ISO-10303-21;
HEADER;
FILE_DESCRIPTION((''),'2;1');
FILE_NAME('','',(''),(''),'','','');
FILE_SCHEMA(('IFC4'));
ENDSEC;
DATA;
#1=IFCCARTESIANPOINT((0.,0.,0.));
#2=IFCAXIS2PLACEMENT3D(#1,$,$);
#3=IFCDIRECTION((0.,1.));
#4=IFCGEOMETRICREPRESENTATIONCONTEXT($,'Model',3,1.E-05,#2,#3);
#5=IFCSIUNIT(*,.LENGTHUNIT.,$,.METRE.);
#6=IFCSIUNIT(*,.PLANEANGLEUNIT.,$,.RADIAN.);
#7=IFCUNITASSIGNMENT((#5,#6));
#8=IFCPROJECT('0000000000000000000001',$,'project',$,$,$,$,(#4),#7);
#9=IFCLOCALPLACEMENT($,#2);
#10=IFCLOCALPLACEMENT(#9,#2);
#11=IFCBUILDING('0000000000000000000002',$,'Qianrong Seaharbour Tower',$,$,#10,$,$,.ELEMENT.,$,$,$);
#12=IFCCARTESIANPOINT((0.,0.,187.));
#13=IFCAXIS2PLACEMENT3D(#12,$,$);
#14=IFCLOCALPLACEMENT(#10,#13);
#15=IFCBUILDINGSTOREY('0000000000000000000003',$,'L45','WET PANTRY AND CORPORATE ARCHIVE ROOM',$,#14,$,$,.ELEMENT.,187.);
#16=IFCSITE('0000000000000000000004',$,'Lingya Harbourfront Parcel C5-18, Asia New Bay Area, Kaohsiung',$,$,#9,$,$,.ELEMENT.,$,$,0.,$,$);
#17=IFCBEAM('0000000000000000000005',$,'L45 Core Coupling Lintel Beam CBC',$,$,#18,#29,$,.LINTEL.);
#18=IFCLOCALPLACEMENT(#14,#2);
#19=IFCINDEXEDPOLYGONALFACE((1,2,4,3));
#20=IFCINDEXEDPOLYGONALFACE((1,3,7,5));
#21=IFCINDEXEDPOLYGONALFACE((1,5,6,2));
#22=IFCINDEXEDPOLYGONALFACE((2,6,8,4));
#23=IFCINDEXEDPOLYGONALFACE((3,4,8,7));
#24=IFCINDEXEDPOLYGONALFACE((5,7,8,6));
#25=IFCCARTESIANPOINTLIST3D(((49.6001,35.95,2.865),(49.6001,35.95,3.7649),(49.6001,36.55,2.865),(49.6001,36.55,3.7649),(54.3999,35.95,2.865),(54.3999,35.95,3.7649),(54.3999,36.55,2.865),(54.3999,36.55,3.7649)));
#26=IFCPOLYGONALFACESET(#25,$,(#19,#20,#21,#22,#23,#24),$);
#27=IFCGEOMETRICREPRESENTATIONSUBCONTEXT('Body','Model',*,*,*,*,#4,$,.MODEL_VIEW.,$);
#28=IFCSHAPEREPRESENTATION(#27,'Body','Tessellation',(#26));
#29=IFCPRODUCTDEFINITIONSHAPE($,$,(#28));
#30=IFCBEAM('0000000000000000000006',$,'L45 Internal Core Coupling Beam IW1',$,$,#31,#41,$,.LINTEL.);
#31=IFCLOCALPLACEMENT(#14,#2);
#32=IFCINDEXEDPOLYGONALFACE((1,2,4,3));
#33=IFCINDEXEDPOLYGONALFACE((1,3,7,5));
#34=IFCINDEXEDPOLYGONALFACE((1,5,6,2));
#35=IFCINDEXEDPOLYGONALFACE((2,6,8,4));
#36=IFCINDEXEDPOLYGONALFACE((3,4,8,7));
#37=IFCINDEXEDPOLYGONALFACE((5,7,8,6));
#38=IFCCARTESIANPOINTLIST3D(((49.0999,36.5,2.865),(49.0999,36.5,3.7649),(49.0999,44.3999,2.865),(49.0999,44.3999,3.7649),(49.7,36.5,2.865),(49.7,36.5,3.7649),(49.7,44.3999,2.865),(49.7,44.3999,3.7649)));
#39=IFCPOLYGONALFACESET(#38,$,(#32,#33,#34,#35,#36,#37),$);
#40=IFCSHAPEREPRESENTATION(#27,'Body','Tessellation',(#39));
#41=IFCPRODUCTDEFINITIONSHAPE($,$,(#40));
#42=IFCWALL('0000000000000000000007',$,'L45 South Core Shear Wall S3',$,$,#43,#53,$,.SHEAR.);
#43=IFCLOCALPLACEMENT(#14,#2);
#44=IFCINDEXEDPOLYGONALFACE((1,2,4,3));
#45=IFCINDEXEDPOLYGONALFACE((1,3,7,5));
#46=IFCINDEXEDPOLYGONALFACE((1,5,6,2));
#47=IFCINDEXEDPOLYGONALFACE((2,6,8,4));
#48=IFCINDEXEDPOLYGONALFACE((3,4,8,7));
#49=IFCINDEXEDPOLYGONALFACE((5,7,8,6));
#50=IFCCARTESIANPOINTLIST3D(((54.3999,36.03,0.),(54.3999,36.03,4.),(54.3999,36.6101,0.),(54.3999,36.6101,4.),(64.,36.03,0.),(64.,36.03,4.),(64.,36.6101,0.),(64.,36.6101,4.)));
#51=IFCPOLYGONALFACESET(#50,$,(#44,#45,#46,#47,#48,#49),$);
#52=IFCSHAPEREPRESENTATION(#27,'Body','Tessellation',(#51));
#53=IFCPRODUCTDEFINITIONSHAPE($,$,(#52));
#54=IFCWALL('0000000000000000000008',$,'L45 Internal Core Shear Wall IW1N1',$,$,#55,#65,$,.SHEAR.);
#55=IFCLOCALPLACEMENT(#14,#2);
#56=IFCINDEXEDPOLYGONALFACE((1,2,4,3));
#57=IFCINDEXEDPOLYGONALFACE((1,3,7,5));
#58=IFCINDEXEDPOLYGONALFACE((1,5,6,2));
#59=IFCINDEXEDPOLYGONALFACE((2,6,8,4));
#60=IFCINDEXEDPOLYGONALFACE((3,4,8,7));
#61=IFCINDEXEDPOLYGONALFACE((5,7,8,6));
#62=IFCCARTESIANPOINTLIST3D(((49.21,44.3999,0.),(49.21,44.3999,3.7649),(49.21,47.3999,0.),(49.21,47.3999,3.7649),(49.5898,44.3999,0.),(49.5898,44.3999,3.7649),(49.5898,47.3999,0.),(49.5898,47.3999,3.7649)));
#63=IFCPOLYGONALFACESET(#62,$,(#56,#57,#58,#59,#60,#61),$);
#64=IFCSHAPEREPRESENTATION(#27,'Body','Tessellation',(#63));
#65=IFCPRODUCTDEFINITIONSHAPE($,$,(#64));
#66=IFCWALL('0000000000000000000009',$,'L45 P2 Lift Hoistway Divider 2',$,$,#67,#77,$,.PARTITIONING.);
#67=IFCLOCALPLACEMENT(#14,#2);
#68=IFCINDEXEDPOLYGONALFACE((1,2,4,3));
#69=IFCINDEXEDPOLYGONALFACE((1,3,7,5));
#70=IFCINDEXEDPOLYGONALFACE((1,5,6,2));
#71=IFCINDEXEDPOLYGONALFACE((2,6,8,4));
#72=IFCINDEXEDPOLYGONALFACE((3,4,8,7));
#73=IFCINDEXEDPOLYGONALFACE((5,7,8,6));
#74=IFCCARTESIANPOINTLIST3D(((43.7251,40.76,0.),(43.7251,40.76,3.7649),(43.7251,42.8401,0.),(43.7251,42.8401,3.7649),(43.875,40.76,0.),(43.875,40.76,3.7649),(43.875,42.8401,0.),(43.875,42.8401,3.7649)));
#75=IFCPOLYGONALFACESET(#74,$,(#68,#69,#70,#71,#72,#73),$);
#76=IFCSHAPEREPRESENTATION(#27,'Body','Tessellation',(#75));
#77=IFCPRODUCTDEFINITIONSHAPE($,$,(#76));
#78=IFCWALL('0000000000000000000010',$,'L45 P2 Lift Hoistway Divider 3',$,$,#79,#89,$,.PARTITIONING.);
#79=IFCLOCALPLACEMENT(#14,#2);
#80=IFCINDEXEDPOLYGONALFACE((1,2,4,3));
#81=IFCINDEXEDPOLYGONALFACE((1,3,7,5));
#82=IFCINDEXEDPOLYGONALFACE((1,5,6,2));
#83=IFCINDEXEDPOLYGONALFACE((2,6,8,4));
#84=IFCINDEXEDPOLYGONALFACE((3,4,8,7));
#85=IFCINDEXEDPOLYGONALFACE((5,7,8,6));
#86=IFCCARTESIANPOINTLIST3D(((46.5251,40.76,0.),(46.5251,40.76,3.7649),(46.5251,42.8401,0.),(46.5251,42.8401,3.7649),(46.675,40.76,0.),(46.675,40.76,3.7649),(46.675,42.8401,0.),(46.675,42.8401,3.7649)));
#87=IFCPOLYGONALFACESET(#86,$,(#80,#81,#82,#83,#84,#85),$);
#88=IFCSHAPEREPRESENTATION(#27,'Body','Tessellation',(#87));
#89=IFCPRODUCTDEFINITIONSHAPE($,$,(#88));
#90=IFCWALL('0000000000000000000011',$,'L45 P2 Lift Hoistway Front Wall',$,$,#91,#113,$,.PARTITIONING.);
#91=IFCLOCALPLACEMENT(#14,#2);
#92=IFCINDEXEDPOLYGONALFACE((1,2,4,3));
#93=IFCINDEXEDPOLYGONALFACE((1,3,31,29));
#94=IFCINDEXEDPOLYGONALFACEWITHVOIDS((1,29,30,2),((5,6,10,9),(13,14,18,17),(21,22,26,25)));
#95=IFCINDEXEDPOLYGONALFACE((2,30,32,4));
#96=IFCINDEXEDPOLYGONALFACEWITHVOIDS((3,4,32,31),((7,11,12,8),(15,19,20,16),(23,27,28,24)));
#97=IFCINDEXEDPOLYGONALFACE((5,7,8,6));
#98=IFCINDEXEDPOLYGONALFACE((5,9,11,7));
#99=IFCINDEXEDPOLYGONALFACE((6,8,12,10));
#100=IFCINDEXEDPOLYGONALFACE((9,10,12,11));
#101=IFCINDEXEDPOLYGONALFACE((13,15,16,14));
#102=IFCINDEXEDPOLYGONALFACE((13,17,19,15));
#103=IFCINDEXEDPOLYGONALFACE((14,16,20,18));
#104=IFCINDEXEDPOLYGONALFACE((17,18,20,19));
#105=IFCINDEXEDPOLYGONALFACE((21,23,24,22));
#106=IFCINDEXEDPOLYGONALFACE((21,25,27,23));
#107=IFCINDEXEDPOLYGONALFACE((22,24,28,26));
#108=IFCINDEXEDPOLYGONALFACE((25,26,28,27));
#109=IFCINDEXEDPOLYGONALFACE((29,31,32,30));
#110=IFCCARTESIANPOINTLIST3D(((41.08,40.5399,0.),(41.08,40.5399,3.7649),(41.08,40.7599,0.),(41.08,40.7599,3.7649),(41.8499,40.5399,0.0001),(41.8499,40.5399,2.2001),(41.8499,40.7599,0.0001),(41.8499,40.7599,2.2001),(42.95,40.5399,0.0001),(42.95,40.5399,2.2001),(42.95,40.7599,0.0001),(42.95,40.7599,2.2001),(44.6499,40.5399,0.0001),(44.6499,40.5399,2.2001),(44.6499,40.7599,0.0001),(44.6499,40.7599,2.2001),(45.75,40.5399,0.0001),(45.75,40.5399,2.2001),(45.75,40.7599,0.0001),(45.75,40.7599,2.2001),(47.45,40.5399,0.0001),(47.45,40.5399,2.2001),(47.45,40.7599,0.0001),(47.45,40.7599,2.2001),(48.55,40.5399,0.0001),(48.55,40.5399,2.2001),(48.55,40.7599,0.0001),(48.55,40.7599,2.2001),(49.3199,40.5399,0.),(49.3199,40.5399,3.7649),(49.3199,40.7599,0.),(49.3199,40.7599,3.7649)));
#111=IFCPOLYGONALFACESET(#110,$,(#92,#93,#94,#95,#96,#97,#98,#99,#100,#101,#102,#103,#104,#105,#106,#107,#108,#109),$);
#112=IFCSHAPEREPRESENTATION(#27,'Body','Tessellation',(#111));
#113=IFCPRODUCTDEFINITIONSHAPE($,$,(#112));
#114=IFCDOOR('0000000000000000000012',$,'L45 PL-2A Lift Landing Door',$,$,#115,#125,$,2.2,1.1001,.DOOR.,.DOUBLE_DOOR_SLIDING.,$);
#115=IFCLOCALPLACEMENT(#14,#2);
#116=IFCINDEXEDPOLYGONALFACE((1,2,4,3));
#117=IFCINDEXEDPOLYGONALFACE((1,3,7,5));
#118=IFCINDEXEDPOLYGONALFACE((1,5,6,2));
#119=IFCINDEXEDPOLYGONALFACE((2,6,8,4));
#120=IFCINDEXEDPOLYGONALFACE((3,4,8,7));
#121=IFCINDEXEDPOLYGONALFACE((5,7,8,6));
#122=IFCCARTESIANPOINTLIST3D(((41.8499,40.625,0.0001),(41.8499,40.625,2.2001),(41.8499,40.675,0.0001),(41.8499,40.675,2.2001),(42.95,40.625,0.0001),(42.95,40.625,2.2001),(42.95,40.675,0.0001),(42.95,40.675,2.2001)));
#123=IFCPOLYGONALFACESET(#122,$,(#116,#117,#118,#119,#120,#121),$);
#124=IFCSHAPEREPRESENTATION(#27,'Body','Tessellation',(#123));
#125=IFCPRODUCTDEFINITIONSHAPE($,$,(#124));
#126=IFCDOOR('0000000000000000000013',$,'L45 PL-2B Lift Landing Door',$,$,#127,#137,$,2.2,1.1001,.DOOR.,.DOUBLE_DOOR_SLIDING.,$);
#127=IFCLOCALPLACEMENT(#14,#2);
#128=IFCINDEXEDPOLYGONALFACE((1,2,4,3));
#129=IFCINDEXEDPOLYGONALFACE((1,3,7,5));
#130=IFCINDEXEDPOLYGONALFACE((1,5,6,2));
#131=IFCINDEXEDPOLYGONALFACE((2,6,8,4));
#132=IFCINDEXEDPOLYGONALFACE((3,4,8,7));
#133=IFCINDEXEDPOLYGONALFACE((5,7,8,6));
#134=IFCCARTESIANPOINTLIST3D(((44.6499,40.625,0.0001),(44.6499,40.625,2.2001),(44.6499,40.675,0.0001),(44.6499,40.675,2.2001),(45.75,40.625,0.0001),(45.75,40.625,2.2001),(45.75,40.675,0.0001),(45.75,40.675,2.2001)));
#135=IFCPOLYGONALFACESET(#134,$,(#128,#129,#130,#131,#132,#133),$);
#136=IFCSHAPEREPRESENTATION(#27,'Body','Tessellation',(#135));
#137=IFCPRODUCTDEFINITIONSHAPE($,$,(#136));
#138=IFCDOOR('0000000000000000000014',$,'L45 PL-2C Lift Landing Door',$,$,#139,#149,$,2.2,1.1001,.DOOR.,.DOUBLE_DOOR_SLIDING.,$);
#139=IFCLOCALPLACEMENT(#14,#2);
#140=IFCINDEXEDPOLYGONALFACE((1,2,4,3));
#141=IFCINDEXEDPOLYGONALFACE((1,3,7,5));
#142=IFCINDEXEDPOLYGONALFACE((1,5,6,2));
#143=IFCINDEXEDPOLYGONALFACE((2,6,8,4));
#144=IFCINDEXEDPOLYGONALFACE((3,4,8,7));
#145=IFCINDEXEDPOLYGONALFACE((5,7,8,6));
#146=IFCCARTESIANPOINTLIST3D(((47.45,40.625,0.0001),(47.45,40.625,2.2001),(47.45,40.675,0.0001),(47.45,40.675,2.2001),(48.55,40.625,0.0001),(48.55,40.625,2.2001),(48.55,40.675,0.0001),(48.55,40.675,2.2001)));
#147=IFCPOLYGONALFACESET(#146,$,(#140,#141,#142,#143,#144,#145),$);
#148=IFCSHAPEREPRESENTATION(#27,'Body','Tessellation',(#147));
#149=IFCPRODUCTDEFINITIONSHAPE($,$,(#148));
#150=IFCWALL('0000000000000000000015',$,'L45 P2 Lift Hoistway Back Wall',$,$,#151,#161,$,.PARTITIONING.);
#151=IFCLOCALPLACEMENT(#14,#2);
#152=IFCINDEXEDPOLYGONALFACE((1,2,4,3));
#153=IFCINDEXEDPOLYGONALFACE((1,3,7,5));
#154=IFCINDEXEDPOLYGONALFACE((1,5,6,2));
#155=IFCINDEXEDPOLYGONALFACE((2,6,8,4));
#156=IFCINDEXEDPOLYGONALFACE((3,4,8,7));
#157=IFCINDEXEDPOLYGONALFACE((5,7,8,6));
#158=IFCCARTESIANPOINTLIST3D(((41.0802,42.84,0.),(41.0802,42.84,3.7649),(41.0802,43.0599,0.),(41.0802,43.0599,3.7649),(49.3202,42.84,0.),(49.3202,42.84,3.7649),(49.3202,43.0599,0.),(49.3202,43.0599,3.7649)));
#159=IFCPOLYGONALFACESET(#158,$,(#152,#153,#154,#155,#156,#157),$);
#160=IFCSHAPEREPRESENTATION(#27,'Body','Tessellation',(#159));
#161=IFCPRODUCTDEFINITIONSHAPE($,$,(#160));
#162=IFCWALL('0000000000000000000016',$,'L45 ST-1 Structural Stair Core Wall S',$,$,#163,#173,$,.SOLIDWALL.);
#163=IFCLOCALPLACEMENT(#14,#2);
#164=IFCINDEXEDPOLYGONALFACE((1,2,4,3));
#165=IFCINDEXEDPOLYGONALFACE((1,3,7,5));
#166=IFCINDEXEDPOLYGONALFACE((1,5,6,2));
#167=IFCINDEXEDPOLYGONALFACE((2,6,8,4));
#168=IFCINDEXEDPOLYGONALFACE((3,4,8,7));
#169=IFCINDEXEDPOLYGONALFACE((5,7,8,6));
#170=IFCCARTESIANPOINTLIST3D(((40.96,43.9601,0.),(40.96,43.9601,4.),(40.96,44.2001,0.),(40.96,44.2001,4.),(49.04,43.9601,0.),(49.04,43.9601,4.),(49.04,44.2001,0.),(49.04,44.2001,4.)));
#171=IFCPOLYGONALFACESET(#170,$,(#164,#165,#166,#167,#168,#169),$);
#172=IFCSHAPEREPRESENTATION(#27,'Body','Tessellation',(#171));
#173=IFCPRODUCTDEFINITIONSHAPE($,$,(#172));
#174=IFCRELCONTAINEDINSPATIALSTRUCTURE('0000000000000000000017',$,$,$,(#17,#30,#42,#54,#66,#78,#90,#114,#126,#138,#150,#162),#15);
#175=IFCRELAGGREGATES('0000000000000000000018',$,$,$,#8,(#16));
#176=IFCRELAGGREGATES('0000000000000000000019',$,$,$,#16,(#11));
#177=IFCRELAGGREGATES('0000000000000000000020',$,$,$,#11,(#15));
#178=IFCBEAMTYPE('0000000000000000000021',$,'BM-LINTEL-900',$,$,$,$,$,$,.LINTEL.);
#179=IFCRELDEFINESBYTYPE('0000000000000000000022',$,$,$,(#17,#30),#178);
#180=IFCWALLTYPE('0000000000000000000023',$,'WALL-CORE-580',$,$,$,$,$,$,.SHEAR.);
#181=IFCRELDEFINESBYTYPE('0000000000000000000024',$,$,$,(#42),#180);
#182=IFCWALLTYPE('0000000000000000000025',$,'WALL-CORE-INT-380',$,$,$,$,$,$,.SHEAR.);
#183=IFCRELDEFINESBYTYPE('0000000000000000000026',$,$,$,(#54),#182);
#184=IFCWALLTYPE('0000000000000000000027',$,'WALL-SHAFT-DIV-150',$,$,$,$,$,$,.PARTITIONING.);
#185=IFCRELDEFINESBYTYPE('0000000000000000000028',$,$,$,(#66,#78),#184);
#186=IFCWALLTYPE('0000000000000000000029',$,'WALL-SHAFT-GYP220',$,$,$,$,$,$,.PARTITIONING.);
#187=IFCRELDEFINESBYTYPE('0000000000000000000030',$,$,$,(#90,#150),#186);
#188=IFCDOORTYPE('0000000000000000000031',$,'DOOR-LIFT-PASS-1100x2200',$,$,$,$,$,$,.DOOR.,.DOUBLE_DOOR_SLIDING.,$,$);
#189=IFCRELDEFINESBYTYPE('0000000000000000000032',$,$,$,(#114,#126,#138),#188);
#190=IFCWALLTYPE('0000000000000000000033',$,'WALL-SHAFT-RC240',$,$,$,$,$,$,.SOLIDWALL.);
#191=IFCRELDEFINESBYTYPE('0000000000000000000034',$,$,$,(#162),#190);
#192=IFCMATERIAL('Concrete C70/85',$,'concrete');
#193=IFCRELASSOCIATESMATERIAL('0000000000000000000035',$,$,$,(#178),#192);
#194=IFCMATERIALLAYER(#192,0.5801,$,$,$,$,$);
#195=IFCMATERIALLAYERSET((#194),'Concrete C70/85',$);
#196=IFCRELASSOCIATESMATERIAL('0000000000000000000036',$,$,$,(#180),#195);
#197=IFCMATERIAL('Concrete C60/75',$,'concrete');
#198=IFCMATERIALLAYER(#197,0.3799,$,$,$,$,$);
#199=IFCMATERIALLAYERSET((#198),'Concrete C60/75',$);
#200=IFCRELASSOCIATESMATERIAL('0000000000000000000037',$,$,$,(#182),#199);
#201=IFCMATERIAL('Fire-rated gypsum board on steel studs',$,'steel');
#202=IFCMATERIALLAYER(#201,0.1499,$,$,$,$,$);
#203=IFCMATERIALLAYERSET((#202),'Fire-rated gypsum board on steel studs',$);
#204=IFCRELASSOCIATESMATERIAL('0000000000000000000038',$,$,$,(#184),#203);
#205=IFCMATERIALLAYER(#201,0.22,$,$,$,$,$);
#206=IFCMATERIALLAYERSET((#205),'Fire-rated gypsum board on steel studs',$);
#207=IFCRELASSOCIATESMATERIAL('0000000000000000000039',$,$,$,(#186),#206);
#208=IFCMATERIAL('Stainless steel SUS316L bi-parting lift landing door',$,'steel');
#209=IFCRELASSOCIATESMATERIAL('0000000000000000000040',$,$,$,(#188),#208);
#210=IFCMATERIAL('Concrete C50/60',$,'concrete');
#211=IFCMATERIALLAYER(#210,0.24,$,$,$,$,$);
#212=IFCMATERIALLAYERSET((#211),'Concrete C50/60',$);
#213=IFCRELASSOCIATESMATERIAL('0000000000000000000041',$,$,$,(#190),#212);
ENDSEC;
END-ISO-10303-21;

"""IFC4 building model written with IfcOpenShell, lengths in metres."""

from ifc_helpers import new_model, si_unit, direction, frame, frame_2d, origin, origin_2d, place, context, subcontext, project, spatial, rectangle, extrude, material, layer, layer_set, material_profile, profile_set, type_object, element, fill, save


model = new_model("IFC4")

# Units and contexts
model_context = context("Model", 3, precision=1e-05, world=origin(), true_north=direction((0.0, 1.0)))
body_context = subcontext(model_context, "Body", "Model", "MODEL_VIEW")
ifc_project = project(units=[si_unit("LENGTHUNIT", "METRE"), si_unit("PLANEANGLEUNIT", "RADIAN")], contexts=[model_context])

# Site, building, storey
site_placement = place(None, origin())
site = spatial("IfcSite", under=ifc_project, at=site_placement, Name="Lingya Harbourfront Parcel C5-18, Asia New Bay Area, Kaohsiung", CompositionType="ELEMENT", RefElevation=0.0)
building_placement = place(site_placement, origin())
building = spatial("IfcBuilding", under=site, at=building_placement, Name="Qianrong Seaharbour Tower", CompositionType="ELEMENT")
storey_placement = place(building_placement, frame((0.0, 0.0, 187.0)))
storey = spatial("IfcBuildingStorey", under=building, at=storey_placement, Name="L45", Description="WET PANTRY AND CORPORATE ARCHIVE ROOM", CompositionType="ELEMENT", Elevation=187.0)

# Beams
ifc_material_1 = material(Name="Concrete C70/85", Category="concrete")
ifc_material_profile = material_profile(ifc_material_1, rectangle(XDim=0.6001, YDim=0.8999, at=origin_2d()), Name="RC600x900")
ifc_profile_set = profile_set([ifc_material_profile], Name="Concrete C70/85")
beam_type = type_object("IfcBeamType", Name="BM-LINTEL-900", PredefinedType="LINTEL", material=ifc_profile_set)
beam_1_placement = place(storey_placement, frame((49.6001, 36.25, 3.3149), z_axis=(1.0, 0.0, 0.0), x_axis=(0.0, 1.0, 0.0)))
element("IfcBeam", 1, at=beam_1_placement, inside=storey, type_object=beam_type, Name="L45 Core Coupling Lintel Beam CBC", PredefinedType="LINTEL", context=body_context, shape_type="SweptSolid", body=[
    extrude(rectangle(XDim=0.6001, YDim=0.8999, at=origin_2d()), origin(), (0.0, 0.0, 1.0), 4.7998),
])
beam_2_placement = place(storey_placement, frame((49.3999, 36.5, 3.3149), z_axis=(0.0, 1.0, 0.0), x_axis=(-1.0, 0.0, 0.0)))
element("IfcBeam", 2, at=beam_2_placement, inside=storey, type_object=beam_type, Name="L45 Internal Core Coupling Beam IW1", PredefinedType="LINTEL", context=body_context, shape_type="SweptSolid", body=[
    extrude(rectangle(XDim=0.6001, YDim=0.8999, at=origin_2d()), origin(), (0.0, 0.0, 1.0), 7.8999),
])

# Walls
ifc_layer_1 = layer(ifc_material_1, 0.5801)
ifc_layer_set_1 = layer_set([ifc_layer_1], Name="Concrete C70/85")
wall_type_1 = type_object("IfcWallType", Name="WALL-CORE-580", PredefinedType="SHEAR", material=ifc_layer_set_1)
wall_1_placement = place(storey_placement, frame((54.3999, 36.3201, 0.0), z_axis=(0.0, 0.0, 1.0), x_axis=(1.0, 0.0, 0.0)))
element("IfcWall", 3, at=wall_1_placement, inside=storey, type_object=wall_type_1, Name="L45 South Core Shear Wall S3", PredefinedType="SHEAR", context=body_context, shape_type="SweptSolid", body=[
    extrude(rectangle(XDim=9.6001, YDim=0.5801, at=frame_2d((4.8, 0.0))), origin(), (0.0, 0.0, 1.0), 4.0),
])
ifc_material_2 = material(Name="Concrete C60/75", Category="concrete")
ifc_layer_2 = layer(ifc_material_2, 0.3799)
ifc_layer_set_2 = layer_set([ifc_layer_2], Name="Concrete C60/75")
wall_type_2 = type_object("IfcWallType", Name="WALL-CORE-INT-380", PredefinedType="SHEAR", material=ifc_layer_set_2)
wall_2_placement = place(storey_placement, frame((49.3999, 44.3999, 0.0), z_axis=(0.0, 0.0, 1.0), x_axis=(0.0, 1.0, 0.0)))
element("IfcWall", 4, at=wall_2_placement, inside=storey, type_object=wall_type_2, Name="L45 Internal Core Shear Wall IW1N1", PredefinedType="SHEAR", context=body_context, shape_type="SweptSolid", body=[
    extrude(rectangle(XDim=3.0, YDim=0.3799, at=frame_2d((1.5, 0.0))), origin(), (0.0, 0.0, 1.0), 3.7649),
])
ifc_material_3 = material(Name="Fire-rated gypsum board on steel studs", Category="steel")
ifc_layer_3 = layer(ifc_material_3, 0.1499)
ifc_layer_set_3 = layer_set([ifc_layer_3], Name="Fire-rated gypsum board on steel studs")
wall_type_3 = type_object("IfcWallType", Name="WALL-SHAFT-DIV-150", PredefinedType="PARTITIONING", material=ifc_layer_set_3)
for number, where, z_axis, x_axis, name in (
    (5, (43.8, 40.76, 0.0), (0.0, 0.0, 1.0), (0.0, 1.0, 0.0), "L45 P2 Lift Hoistway Divider 2"),
    (6, (46.6001, 40.76, 0.0), (0.0, 0.0, 1.0), (0.0, 1.0, 0.0), "L45 P2 Lift Hoistway Divider 3"),
):
    element("IfcWall", number, at=place(storey_placement, frame(where, z_axis=z_axis, x_axis=x_axis)), inside=storey, type_object=wall_type_3, Name=name, PredefinedType="PARTITIONING", context=body_context, shape_type="SweptSolid", body=[
        extrude(rectangle(XDim=2.0801, YDim=0.1499, at=frame_2d((1.04, 0.0))), origin(), (0.0, 0.0, 1.0), 3.7649),
    ])

# Wall, openings, doors
ifc_layer_4 = layer(ifc_material_3, 0.22)
ifc_layer_set_4 = layer_set([ifc_layer_4], Name="Fire-rated gypsum board on steel studs")
wall_type_4 = type_object("IfcWallType", Name="WALL-SHAFT-GYP220", PredefinedType="PARTITIONING", material=ifc_layer_set_4)
wall_3_placement = place(storey_placement, frame((49.3201, 40.6499, 0.0), z_axis=(0.0, 0.0, 1.0), x_axis=(-1.0, 0.0, 0.0)))
wall_3 = element("IfcWall", 7, at=wall_3_placement, inside=storey, type_object=wall_type_4, Name="L45 P2 Lift Hoistway Front Wall", PredefinedType="PARTITIONING", context=body_context, shape_type="SweptSolid", body=[
    extrude(rectangle(XDim=8.24, YDim=0.22, at=frame_2d((4.1201, 0.0))), origin(), (0.0, 0.0, 1.0), 3.7649),
])
opening_1_placement = place(wall_3_placement, frame((6.3701, 0.0, 0.0)))
opening_1 = element("IfcOpeningElement", 8, at=opening_1_placement, cuts=wall_3, PredefinedType="OPENING", context=body_context, shape_type="SweptSolid", body=[
    extrude(rectangle(XDim=1.1001, YDim=2.2, at=frame_2d((0.55, 1.1001))), frame((0.0, 0.1201, 0.0), z_axis=(0.0, -1.0, 0.0), x_axis=(1.0, 0.0, 0.0)), (0.0, 0.0, 1.0), 0.24),
])
opening_2_placement = place(wall_3_placement, frame((3.5701, 0.0, 0.0)))
opening_2 = element("IfcOpeningElement", 9, at=opening_2_placement, cuts=wall_3, PredefinedType="OPENING", context=body_context, shape_type="SweptSolid", body=[
    extrude(rectangle(XDim=1.1001, YDim=2.2, at=frame_2d((0.55, 1.1001))), frame((0.0, 0.1201, 0.0), z_axis=(0.0, -1.0, 0.0), x_axis=(1.0, 0.0, 0.0)), (0.0, 0.0, 1.0), 0.24),
])
opening_3_placement = place(wall_3_placement, frame((0.77, 0.0, 0.0)))
opening_3 = element("IfcOpeningElement", 10, at=opening_3_placement, cuts=wall_3, PredefinedType="OPENING", context=body_context, shape_type="SweptSolid", body=[
    extrude(rectangle(XDim=1.1001, YDim=2.2, at=frame_2d((0.55, 1.1001))), frame((0.0, 0.1201, 0.0), z_axis=(0.0, -1.0, 0.0), x_axis=(1.0, 0.0, 0.0)), (0.0, 0.0, 1.0), 0.24),
])
ifc_material_4 = material(Name="Stainless steel SUS316L bi-parting lift landing door", Category="steel")
door_type = type_object("IfcDoorType", Name="DOOR-LIFT-PASS-1100x2200", OperationType="DOUBLE_DOOR_SLIDING", PredefinedType="DOOR", material=ifc_material_4)
door_1_placement = place(opening_1_placement, origin())
door_1 = element("IfcDoor", 11, at=door_1_placement, inside=storey, type_object=door_type, Name="L45 PL-2A Lift Landing Door", OperationType="DOUBLE_DOOR_SLIDING", OverallHeight=2.2, OverallWidth=1.1001, PredefinedType="DOOR", context=body_context, shape_type="SweptSolid", body=[
    extrude(rectangle(XDim=1.1001, YDim=2.2, at=frame_2d((0.55, 1.1001))), frame((0.0, 0.0249, 0.0), z_axis=(0.0, -1.0, 0.0), x_axis=(1.0, 0.0, 0.0)), (0.0, 0.0, 1.0), 0.05),
])
fill(opening_1, door_1)
door_2_placement = place(opening_2_placement, origin())
door_2 = element("IfcDoor", 12, at=door_2_placement, inside=storey, type_object=door_type, Name="L45 PL-2B Lift Landing Door", OperationType="DOUBLE_DOOR_SLIDING", OverallHeight=2.2, OverallWidth=1.1001, PredefinedType="DOOR", context=body_context, shape_type="SweptSolid", body=[
    extrude(rectangle(XDim=1.1001, YDim=2.2, at=frame_2d((0.55, 1.1001))), frame((0.0, 0.0249, 0.0), z_axis=(0.0, -1.0, 0.0), x_axis=(1.0, 0.0, 0.0)), (0.0, 0.0, 1.0), 0.05),
])
fill(opening_2, door_2)
door_3_placement = place(opening_3_placement, origin())
door_3 = element("IfcDoor", 13, at=door_3_placement, inside=storey, type_object=door_type, Name="L45 PL-2C Lift Landing Door", OperationType="DOUBLE_DOOR_SLIDING", OverallHeight=2.2, OverallWidth=1.1001, PredefinedType="DOOR", context=body_context, shape_type="SweptSolid", body=[
    extrude(rectangle(XDim=1.1001, YDim=2.2, at=frame_2d((0.55, 1.1001))), frame((0.0, 0.0249, 0.0), z_axis=(0.0, -1.0, 0.0), x_axis=(1.0, 0.0, 0.0)), (0.0, 0.0, 1.0), 0.05),
])
fill(opening_3, door_3)

# Walls
wall_4_placement = place(storey_placement, frame((41.0801, 42.95, 0.0), z_axis=(0.0, 0.0, 1.0), x_axis=(1.0, 0.0, 0.0)))
element("IfcWall", 14, at=wall_4_placement, inside=storey, type_object=wall_type_4, Name="L45 P2 Lift Hoistway Back Wall", PredefinedType="PARTITIONING", context=body_context, shape_type="SweptSolid", body=[
    extrude(rectangle(XDim=8.24, YDim=0.22, at=frame_2d((4.1201, 0.0))), origin(), (0.0, 0.0, 1.0), 3.7649),
])
ifc_material_5 = material(Name="Concrete C50/60", Category="concrete")
ifc_layer_5 = layer(ifc_material_5, 0.24)
ifc_layer_set_5 = layer_set([ifc_layer_5], Name="Concrete C50/60")
wall_type_5 = type_object("IfcWallType", Name="WALL-SHAFT-RC240", PredefinedType="SOLIDWALL", material=ifc_layer_set_5)
wall_5_placement = place(storey_placement, frame((49.04, 44.0801, 0.0), z_axis=(0.0, 0.0, 1.0), x_axis=(-1.0, 0.0, 0.0)))
element("IfcWall", 15, at=wall_5_placement, inside=storey, type_object=wall_type_5, Name="L45 ST-1 Structural Stair Core Wall S", PredefinedType="SOLIDWALL", context=body_context, shape_type="SweptSolid", body=[
    extrude(rectangle(XDim=8.0801, YDim=0.24, at=frame_2d((4.04, 0.0))), origin(), (0.0, 0.0, 1.0), 4.0),
])

save(model, "model.ifc")
